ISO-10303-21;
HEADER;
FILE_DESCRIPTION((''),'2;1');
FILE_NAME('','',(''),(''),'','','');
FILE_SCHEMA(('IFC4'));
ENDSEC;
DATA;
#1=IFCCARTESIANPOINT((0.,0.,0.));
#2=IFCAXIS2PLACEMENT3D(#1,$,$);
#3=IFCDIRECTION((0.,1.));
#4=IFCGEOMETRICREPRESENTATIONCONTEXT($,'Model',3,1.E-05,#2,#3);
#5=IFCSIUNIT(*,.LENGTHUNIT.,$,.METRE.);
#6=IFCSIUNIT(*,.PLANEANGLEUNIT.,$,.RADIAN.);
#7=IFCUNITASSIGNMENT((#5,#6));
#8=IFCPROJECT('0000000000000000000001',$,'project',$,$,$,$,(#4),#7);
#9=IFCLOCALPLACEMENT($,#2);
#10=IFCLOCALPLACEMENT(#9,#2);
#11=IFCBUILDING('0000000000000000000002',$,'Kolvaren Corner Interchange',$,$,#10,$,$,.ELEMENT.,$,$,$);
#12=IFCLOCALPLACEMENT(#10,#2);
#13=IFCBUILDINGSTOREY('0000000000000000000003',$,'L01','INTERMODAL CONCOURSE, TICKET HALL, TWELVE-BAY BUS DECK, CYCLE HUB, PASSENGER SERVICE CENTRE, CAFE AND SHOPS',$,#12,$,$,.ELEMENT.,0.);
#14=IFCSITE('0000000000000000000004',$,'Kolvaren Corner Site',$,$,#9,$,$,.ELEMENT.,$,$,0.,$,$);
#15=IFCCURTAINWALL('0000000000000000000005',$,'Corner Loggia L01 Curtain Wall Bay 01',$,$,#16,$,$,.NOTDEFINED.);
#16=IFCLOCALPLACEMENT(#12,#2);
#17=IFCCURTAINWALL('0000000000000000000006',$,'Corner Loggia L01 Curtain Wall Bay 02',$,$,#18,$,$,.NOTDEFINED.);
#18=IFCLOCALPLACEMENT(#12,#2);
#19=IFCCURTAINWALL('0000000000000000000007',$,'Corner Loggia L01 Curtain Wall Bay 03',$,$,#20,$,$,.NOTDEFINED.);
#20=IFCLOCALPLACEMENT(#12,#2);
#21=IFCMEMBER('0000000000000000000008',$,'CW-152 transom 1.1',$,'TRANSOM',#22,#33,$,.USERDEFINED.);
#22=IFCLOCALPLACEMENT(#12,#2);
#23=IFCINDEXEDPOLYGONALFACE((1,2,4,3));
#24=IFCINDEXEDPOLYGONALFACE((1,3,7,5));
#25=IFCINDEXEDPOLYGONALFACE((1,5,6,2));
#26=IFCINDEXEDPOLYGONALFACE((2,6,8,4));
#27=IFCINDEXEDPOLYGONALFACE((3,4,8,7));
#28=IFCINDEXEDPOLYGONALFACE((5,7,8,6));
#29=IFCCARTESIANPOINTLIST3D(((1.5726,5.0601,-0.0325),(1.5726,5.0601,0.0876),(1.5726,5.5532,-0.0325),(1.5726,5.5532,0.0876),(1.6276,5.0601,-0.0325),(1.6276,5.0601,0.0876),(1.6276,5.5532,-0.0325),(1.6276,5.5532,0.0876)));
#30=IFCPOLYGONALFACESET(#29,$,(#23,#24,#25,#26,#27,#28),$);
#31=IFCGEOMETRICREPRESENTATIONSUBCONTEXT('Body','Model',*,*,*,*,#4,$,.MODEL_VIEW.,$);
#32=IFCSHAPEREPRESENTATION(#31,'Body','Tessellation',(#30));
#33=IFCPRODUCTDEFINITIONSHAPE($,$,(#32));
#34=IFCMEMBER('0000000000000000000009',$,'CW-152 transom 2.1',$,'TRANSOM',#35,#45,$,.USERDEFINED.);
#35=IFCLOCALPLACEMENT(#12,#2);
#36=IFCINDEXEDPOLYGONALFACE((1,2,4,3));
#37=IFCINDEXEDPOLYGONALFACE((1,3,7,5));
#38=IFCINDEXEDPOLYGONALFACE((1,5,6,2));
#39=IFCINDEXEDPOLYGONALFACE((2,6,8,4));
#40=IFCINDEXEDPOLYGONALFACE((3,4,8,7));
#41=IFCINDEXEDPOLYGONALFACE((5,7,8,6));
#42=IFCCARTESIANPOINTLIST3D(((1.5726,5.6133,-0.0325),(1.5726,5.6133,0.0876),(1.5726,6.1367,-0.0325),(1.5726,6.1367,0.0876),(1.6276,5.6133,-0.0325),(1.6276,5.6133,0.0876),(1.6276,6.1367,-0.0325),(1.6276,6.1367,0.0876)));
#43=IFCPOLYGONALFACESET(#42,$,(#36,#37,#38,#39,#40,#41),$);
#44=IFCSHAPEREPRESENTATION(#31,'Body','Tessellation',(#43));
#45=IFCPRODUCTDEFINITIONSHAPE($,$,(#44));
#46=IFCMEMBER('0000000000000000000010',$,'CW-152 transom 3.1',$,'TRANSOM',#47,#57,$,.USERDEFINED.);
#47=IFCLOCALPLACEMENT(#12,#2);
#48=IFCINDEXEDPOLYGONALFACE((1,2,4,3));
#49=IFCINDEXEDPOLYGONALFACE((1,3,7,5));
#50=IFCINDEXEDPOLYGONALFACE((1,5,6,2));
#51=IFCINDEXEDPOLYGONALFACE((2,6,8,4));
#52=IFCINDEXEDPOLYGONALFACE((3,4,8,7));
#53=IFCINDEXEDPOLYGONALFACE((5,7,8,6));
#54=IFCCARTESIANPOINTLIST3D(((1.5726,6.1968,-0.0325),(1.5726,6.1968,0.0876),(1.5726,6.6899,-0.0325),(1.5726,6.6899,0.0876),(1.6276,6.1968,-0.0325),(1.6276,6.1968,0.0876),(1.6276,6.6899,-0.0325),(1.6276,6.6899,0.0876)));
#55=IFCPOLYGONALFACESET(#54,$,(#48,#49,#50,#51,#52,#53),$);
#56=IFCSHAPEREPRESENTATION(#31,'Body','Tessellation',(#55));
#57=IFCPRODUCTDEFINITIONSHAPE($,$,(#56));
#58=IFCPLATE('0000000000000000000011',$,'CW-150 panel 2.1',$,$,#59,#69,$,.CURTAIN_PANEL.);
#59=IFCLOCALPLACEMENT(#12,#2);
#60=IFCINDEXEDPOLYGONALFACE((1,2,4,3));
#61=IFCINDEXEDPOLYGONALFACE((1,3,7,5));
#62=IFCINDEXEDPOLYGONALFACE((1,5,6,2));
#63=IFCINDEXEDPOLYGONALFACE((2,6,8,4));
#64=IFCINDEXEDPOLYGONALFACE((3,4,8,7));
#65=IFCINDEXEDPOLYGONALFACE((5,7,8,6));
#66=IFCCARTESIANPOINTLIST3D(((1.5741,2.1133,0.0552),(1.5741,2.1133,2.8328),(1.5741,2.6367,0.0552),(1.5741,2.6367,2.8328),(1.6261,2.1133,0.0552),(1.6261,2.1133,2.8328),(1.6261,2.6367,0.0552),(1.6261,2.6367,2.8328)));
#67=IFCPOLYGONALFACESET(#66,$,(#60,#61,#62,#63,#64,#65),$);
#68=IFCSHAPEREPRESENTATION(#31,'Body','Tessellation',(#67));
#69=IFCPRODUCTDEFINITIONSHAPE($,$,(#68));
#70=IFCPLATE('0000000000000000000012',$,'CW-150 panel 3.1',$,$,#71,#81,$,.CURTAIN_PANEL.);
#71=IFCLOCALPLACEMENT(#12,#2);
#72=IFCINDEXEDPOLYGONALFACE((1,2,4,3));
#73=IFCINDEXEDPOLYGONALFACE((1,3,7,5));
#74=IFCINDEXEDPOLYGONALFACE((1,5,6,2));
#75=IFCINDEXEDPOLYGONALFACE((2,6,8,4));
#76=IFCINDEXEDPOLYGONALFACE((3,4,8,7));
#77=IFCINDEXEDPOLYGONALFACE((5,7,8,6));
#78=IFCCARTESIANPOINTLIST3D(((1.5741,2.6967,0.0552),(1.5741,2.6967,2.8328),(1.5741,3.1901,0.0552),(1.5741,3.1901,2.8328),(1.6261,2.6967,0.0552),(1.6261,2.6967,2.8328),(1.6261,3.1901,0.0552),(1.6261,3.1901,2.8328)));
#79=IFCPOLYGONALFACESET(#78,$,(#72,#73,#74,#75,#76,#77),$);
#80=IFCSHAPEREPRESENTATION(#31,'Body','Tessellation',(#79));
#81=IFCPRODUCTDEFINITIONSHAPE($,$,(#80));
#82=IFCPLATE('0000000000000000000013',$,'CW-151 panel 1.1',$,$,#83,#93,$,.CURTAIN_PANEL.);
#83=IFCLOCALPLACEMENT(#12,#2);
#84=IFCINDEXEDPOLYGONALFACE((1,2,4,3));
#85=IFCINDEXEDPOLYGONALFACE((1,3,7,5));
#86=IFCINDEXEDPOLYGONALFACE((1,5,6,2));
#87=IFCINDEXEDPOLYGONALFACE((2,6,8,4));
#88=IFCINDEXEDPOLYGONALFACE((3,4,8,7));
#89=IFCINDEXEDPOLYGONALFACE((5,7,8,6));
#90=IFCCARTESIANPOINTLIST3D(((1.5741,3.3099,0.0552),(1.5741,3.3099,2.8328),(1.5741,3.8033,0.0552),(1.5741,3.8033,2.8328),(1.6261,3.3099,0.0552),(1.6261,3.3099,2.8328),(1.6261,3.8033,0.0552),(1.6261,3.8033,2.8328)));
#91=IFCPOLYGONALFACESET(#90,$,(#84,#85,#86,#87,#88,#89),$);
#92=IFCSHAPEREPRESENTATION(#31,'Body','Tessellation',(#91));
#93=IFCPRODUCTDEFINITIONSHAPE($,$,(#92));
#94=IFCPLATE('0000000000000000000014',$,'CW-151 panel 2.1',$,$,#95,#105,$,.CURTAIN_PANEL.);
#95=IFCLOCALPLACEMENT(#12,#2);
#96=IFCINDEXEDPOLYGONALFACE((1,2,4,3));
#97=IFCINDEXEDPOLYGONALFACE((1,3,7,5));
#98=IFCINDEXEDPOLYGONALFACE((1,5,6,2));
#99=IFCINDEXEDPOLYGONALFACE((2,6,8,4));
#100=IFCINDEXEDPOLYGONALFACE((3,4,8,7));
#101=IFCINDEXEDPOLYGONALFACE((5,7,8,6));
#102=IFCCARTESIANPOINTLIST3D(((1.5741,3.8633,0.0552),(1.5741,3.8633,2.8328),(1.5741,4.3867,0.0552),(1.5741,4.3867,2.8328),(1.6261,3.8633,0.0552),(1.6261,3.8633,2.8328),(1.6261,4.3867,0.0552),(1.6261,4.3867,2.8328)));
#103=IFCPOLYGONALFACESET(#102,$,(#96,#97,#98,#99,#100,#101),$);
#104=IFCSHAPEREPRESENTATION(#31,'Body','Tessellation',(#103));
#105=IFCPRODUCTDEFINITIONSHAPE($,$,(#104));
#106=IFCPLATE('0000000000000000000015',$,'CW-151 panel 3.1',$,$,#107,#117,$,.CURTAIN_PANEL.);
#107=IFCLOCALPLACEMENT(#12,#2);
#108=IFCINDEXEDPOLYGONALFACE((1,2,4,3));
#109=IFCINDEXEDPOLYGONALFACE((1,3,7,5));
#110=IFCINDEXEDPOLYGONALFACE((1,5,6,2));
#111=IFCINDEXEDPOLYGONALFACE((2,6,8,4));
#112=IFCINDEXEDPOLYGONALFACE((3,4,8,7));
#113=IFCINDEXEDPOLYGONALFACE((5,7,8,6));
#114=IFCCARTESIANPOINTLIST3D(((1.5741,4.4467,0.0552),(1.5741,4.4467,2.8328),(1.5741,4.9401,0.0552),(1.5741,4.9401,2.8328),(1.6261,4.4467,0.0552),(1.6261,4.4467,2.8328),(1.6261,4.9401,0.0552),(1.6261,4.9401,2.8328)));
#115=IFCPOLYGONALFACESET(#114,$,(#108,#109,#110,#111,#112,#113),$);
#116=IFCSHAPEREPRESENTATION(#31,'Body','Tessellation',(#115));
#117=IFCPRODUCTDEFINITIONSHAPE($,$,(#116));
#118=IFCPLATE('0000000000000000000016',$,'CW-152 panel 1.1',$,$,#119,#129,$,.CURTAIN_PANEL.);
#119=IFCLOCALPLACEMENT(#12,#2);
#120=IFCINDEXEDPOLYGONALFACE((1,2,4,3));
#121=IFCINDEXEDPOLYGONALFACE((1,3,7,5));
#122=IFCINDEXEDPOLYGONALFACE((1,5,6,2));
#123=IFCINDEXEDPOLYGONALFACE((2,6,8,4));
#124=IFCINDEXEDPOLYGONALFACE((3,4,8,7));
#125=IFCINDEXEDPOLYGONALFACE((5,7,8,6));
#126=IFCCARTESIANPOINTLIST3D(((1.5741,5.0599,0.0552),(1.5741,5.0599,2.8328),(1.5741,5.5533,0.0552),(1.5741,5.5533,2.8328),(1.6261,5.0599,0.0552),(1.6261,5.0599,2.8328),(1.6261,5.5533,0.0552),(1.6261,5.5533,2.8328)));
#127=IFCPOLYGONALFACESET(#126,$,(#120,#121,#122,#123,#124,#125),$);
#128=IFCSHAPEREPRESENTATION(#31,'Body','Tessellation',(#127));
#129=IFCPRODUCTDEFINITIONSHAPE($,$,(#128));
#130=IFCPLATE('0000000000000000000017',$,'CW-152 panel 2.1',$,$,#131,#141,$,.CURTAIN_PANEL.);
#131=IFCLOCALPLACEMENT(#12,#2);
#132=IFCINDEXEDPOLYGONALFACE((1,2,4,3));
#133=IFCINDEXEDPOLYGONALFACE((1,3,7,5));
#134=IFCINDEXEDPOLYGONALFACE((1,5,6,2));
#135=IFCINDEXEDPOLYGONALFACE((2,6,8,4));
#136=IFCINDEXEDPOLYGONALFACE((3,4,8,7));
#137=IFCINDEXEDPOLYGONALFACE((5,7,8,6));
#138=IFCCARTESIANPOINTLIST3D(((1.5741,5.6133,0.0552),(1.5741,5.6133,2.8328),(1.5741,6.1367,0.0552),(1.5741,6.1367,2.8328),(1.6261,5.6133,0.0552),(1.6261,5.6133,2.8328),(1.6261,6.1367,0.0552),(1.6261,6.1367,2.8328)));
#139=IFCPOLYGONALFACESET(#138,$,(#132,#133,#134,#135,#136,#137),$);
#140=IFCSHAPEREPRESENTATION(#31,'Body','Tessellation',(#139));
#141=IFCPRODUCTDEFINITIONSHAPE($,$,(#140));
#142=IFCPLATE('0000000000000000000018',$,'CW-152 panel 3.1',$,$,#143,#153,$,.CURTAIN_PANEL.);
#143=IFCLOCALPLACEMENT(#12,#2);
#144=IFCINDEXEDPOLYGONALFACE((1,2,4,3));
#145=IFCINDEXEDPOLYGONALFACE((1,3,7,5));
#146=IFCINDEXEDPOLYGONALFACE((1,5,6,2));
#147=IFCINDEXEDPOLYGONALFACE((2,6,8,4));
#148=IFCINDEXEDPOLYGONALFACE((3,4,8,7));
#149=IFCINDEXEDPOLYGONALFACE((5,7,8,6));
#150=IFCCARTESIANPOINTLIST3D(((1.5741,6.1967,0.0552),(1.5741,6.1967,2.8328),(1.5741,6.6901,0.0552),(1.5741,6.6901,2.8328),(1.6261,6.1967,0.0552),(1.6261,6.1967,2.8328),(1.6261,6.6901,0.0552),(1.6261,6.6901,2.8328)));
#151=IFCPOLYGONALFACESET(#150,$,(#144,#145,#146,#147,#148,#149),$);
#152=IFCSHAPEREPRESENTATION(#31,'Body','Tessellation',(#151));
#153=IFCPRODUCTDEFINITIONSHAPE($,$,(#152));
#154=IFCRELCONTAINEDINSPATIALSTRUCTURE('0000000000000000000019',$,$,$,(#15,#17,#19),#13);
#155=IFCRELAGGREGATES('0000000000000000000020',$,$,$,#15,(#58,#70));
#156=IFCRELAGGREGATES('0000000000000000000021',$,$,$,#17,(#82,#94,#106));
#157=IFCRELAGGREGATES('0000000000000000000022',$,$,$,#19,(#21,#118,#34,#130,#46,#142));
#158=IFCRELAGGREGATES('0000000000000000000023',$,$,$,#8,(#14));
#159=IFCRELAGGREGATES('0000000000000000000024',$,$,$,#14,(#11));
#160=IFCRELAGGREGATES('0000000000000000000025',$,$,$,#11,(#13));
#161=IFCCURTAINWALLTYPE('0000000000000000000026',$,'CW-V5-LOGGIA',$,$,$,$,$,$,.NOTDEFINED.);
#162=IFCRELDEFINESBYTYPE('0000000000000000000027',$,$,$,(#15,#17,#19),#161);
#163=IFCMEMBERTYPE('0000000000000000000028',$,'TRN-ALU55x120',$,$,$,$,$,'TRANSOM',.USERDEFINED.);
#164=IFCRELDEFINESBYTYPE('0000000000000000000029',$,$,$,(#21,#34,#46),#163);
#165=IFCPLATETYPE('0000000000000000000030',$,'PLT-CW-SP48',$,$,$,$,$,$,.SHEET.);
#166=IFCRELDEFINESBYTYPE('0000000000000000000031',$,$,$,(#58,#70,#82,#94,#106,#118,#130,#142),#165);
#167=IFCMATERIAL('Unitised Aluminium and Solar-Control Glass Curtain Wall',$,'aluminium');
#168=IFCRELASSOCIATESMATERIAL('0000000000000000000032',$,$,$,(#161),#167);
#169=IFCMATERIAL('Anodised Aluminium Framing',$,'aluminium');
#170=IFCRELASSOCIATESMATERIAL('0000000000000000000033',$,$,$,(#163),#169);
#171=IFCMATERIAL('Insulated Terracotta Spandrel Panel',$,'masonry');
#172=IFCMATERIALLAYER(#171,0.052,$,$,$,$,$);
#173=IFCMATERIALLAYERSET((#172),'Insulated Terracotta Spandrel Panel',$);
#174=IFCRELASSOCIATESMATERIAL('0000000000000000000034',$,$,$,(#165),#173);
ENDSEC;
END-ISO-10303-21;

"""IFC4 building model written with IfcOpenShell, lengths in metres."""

from ifc_helpers import new_model, si_unit, direction, frame, origin, origin_2d, place, context, subcontext, project, spatial, rectangle, extrude, material, layer, layer_set, material_profile, profile_set, type_object, element, aggregate, save


model = new_model("IFC4")

# Units and contexts
model_context = context("Model", 3, precision=1e-05, world=origin(), true_north=direction((0.0, 1.0)))
body_context = subcontext(model_context, "Body", "Model", "MODEL_VIEW")
ifc_project = project(units=[si_unit("LENGTHUNIT", "METRE"), si_unit("PLANEANGLEUNIT", "RADIAN")], contexts=[model_context])

# Site, building, storey
site_placement = place(None, origin())
site = spatial("IfcSite", under=ifc_project, at=site_placement, Name="Kolvaren Corner Site", CompositionType="ELEMENT", RefElevation=0.0)
building_placement = place(site_placement, origin())
building = spatial("IfcBuilding", under=site, at=building_placement, Name="Kolvaren Corner Interchange", CompositionType="ELEMENT")
storey_placement = place(building_placement, origin())
storey = spatial("IfcBuildingStorey", under=building, at=storey_placement, Name="L01", Description="INTERMODAL CONCOURSE, TICKET HALL, TWELVE-BAY BUS DECK, CYCLE HUB, PASSENGER SERVICE CENTRE, CAFE AND SHOPS", CompositionType="ELEMENT", Elevation=0.0)

# Curtain walls
ifc_material_1 = material(Name="Unitised Aluminium and Solar-Control Glass Curtain Wall", Category="aluminium")
curtain_wall_type = type_object("IfcCurtainWallType", Name="CW-V5-LOGGIA", PredefinedType="NOTDEFINED", material=ifc_material_1)
curtain_wall_1_placement = place(storey_placement, origin())
curtain_wall_1 = element("IfcCurtainWall", 1, at=curtain_wall_1_placement, inside=storey, type_object=curtain_wall_type, Name="Corner Loggia L01 Curtain Wall Bay 01", PredefinedType="NOTDEFINED")
curtain_wall_2_placement = place(storey_placement, origin())
curtain_wall_2 = element("IfcCurtainWall", 2, at=curtain_wall_2_placement, inside=storey, type_object=curtain_wall_type, Name="Corner Loggia L01 Curtain Wall Bay 02", PredefinedType="NOTDEFINED")
curtain_wall_3_placement = place(storey_placement, origin())
curtain_wall_3 = element("IfcCurtainWall", 3, at=curtain_wall_3_placement, inside=storey, type_object=curtain_wall_type, Name="Corner Loggia L01 Curtain Wall Bay 03", PredefinedType="NOTDEFINED")

# Members
ifc_material_2 = material(Name="Anodised Aluminium Framing", Category="aluminium")
ifc_material_profile_1 = material_profile(ifc_material_2, rectangle(XDim=0.0549, YDim=0.1201, at=origin_2d()), Name="ALU 55x120")
ifc_profile_set_1 = profile_set([ifc_material_profile_1], Name="Anodised Aluminium Framing")
member_type_1 = type_object("IfcMemberType", Name="TRN-ALU55x120", ElementType="TRANSOM", PredefinedType="USERDEFINED", material=ifc_profile_set_1)
member_1_placement = place(storey_placement, frame((1.6001, 5.0601, 0.0276), z_axis=(0.0, 1.0, 0.0), x_axis=(-1.0, 0.0, 0.0)))
member_1 = element("IfcMember", 4, at=member_1_placement, type_object=member_type_1, Name="CW-152 transom 1.1", ObjectType="TRANSOM", PredefinedType="USERDEFINED", context=body_context, shape_type="SweptSolid", body=[
    extrude(rectangle(XDim=0.0549, YDim=0.1201, at=origin_2d()), origin(), (0.0, 0.0, 1.0), 0.4932),
])
member_2_placement = place(storey_placement, frame((1.6001, 5.6133, 0.0276), z_axis=(0.0, 1.0, 0.0), x_axis=(-1.0, 0.0, 0.0)))
member_2 = element("IfcMember", 5, at=member_2_placement, type_object=member_type_1, Name="CW-152 transom 2.1", ObjectType="TRANSOM", PredefinedType="USERDEFINED", context=body_context, shape_type="SweptSolid", body=[
    extrude(rectangle(XDim=0.0549, YDim=0.1201, at=origin_2d()), origin(), (0.0, 0.0, 1.0), 0.5234),
])
member_3_placement = place(storey_placement, frame((1.6001, 6.1968, 0.0276), z_axis=(0.0, 1.0, 0.0), x_axis=(-1.0, 0.0, 0.0)))
member_3 = element("IfcMember", 6, at=member_3_placement, type_object=member_type_1, Name="CW-152 transom 3.1", ObjectType="TRANSOM", PredefinedType="USERDEFINED", context=body_context, shape_type="SweptSolid", body=[
    extrude(rectangle(XDim=0.0549, YDim=0.1201, at=origin_2d()), origin(), (0.0, 0.0, 1.0), 0.4932),
])

# Plates
ifc_material_3 = material(Name="Insulated Terracotta Spandrel Panel", Category="masonry")
ifc_layer = layer(ifc_material_3, 0.052)
ifc_layer_set = layer_set([ifc_layer], Name="Insulated Terracotta Spandrel Panel")
plate_type = type_object("IfcPlateType", Name="PLT-CW-SP48", PredefinedType="SHEET", material=ifc_layer_set)
plate_1_placement = place(storey_placement, frame((1.6001, 2.375, 0.0552), z_axis=(0.0, 0.0, 1.0), x_axis=(0.0, 1.0, 0.0)))
plate_1 = element("IfcPlate", 7, at=plate_1_placement, type_object=plate_type, Name="CW-150 panel 2.1", PredefinedType="CURTAIN_PANEL", context=body_context, shape_type="SweptSolid", body=[
    extrude(rectangle(XDim=0.5234, YDim=0.052, at=origin_2d()), origin(), (0.0, 0.0, 1.0), 2.7776),
])
plate_2_placement = place(storey_placement, frame((1.6001, 2.9434, 0.0552), z_axis=(0.0, 0.0, 1.0), x_axis=(0.0, 1.0, 0.0)))
plate_2 = element("IfcPlate", 8, at=plate_2_placement, type_object=plate_type, Name="CW-150 panel 3.1", PredefinedType="CURTAIN_PANEL", context=body_context, shape_type="SweptSolid", body=[
    extrude(rectangle(XDim=0.4934, YDim=0.052, at=origin_2d()), origin(), (0.0, 0.0, 1.0), 2.7776),
])
aggregate(curtain_wall_1, [plate_1, plate_2])
plate_3_placement = place(storey_placement, frame((1.6001, 3.5566, 0.0552), z_axis=(0.0, 0.0, 1.0), x_axis=(0.0, 1.0, 0.0)))
plate_3 = element("IfcPlate", 9, at=plate_3_placement, type_object=plate_type, Name="CW-151 panel 1.1", PredefinedType="CURTAIN_PANEL", context=body_context, shape_type="SweptSolid", body=[
    extrude(rectangle(XDim=0.4934, YDim=0.052, at=origin_2d()), origin(), (0.0, 0.0, 1.0), 2.7776),
])
plate_4_placement = place(storey_placement, frame((1.6001, 4.125, 0.0552), z_axis=(0.0, 0.0, 1.0), x_axis=(0.0, 1.0, 0.0)))
plate_4 = element("IfcPlate", 10, at=plate_4_placement, type_object=plate_type, Name="CW-151 panel 2.1", PredefinedType="CURTAIN_PANEL", context=body_context, shape_type="SweptSolid", body=[
    extrude(rectangle(XDim=0.5234, YDim=0.052, at=origin_2d()), origin(), (0.0, 0.0, 1.0), 2.7776),
])
plate_5_placement = place(storey_placement, frame((1.6001, 4.6934, 0.0552), z_axis=(0.0, 0.0, 1.0), x_axis=(0.0, 1.0, 0.0)))
plate_5 = element("IfcPlate", 11, at=plate_5_placement, type_object=plate_type, Name="CW-151 panel 3.1", PredefinedType="CURTAIN_PANEL", context=body_context, shape_type="SweptSolid", body=[
    extrude(rectangle(XDim=0.4934, YDim=0.052, at=origin_2d()), origin(), (0.0, 0.0, 1.0), 2.7776),
])
aggregate(curtain_wall_2, [plate_3, plate_4, plate_5])
plate_6_placement = place(storey_placement, frame((1.6001, 5.3066, 0.0552), z_axis=(0.0, 0.0, 1.0), x_axis=(0.0, 1.0, 0.0)))
plate_6 = element("IfcPlate", 12, at=plate_6_placement, type_object=plate_type, Name="CW-152 panel 1.1", PredefinedType="CURTAIN_PANEL", context=body_context, shape_type="SweptSolid", body=[
    extrude(rectangle(XDim=0.4934, YDim=0.052, at=origin_2d()), origin(), (0.0, 0.0, 1.0), 2.7776),
])
plate_7_placement = place(storey_placement, frame((1.6001, 5.875, 0.0552), z_axis=(0.0, 0.0, 1.0), x_axis=(0.0, 1.0, 0.0)))
plate_7 = element("IfcPlate", 13, at=plate_7_placement, type_object=plate_type, Name="CW-152 panel 2.1", PredefinedType="CURTAIN_PANEL", context=body_context, shape_type="SweptSolid", body=[
    extrude(rectangle(XDim=0.5234, YDim=0.052, at=origin_2d()), origin(), (0.0, 0.0, 1.0), 2.7776),
])
plate_8_placement = place(storey_placement, frame((1.6001, 6.4434, 0.0552), z_axis=(0.0, 0.0, 1.0), x_axis=(0.0, 1.0, 0.0)))
plate_8 = element("IfcPlate", 14, at=plate_8_placement, type_object=plate_type, Name="CW-152 panel 3.1", PredefinedType="CURTAIN_PANEL", context=body_context, shape_type="SweptSolid", body=[
    extrude(rectangle(XDim=0.4934, YDim=0.052, at=origin_2d()), origin(), (0.0, 0.0, 1.0), 2.7776),
])
aggregate(curtain_wall_3, [member_1, plate_6, member_2, plate_7, member_3, plate_8])

save(model, "model.ifc")
